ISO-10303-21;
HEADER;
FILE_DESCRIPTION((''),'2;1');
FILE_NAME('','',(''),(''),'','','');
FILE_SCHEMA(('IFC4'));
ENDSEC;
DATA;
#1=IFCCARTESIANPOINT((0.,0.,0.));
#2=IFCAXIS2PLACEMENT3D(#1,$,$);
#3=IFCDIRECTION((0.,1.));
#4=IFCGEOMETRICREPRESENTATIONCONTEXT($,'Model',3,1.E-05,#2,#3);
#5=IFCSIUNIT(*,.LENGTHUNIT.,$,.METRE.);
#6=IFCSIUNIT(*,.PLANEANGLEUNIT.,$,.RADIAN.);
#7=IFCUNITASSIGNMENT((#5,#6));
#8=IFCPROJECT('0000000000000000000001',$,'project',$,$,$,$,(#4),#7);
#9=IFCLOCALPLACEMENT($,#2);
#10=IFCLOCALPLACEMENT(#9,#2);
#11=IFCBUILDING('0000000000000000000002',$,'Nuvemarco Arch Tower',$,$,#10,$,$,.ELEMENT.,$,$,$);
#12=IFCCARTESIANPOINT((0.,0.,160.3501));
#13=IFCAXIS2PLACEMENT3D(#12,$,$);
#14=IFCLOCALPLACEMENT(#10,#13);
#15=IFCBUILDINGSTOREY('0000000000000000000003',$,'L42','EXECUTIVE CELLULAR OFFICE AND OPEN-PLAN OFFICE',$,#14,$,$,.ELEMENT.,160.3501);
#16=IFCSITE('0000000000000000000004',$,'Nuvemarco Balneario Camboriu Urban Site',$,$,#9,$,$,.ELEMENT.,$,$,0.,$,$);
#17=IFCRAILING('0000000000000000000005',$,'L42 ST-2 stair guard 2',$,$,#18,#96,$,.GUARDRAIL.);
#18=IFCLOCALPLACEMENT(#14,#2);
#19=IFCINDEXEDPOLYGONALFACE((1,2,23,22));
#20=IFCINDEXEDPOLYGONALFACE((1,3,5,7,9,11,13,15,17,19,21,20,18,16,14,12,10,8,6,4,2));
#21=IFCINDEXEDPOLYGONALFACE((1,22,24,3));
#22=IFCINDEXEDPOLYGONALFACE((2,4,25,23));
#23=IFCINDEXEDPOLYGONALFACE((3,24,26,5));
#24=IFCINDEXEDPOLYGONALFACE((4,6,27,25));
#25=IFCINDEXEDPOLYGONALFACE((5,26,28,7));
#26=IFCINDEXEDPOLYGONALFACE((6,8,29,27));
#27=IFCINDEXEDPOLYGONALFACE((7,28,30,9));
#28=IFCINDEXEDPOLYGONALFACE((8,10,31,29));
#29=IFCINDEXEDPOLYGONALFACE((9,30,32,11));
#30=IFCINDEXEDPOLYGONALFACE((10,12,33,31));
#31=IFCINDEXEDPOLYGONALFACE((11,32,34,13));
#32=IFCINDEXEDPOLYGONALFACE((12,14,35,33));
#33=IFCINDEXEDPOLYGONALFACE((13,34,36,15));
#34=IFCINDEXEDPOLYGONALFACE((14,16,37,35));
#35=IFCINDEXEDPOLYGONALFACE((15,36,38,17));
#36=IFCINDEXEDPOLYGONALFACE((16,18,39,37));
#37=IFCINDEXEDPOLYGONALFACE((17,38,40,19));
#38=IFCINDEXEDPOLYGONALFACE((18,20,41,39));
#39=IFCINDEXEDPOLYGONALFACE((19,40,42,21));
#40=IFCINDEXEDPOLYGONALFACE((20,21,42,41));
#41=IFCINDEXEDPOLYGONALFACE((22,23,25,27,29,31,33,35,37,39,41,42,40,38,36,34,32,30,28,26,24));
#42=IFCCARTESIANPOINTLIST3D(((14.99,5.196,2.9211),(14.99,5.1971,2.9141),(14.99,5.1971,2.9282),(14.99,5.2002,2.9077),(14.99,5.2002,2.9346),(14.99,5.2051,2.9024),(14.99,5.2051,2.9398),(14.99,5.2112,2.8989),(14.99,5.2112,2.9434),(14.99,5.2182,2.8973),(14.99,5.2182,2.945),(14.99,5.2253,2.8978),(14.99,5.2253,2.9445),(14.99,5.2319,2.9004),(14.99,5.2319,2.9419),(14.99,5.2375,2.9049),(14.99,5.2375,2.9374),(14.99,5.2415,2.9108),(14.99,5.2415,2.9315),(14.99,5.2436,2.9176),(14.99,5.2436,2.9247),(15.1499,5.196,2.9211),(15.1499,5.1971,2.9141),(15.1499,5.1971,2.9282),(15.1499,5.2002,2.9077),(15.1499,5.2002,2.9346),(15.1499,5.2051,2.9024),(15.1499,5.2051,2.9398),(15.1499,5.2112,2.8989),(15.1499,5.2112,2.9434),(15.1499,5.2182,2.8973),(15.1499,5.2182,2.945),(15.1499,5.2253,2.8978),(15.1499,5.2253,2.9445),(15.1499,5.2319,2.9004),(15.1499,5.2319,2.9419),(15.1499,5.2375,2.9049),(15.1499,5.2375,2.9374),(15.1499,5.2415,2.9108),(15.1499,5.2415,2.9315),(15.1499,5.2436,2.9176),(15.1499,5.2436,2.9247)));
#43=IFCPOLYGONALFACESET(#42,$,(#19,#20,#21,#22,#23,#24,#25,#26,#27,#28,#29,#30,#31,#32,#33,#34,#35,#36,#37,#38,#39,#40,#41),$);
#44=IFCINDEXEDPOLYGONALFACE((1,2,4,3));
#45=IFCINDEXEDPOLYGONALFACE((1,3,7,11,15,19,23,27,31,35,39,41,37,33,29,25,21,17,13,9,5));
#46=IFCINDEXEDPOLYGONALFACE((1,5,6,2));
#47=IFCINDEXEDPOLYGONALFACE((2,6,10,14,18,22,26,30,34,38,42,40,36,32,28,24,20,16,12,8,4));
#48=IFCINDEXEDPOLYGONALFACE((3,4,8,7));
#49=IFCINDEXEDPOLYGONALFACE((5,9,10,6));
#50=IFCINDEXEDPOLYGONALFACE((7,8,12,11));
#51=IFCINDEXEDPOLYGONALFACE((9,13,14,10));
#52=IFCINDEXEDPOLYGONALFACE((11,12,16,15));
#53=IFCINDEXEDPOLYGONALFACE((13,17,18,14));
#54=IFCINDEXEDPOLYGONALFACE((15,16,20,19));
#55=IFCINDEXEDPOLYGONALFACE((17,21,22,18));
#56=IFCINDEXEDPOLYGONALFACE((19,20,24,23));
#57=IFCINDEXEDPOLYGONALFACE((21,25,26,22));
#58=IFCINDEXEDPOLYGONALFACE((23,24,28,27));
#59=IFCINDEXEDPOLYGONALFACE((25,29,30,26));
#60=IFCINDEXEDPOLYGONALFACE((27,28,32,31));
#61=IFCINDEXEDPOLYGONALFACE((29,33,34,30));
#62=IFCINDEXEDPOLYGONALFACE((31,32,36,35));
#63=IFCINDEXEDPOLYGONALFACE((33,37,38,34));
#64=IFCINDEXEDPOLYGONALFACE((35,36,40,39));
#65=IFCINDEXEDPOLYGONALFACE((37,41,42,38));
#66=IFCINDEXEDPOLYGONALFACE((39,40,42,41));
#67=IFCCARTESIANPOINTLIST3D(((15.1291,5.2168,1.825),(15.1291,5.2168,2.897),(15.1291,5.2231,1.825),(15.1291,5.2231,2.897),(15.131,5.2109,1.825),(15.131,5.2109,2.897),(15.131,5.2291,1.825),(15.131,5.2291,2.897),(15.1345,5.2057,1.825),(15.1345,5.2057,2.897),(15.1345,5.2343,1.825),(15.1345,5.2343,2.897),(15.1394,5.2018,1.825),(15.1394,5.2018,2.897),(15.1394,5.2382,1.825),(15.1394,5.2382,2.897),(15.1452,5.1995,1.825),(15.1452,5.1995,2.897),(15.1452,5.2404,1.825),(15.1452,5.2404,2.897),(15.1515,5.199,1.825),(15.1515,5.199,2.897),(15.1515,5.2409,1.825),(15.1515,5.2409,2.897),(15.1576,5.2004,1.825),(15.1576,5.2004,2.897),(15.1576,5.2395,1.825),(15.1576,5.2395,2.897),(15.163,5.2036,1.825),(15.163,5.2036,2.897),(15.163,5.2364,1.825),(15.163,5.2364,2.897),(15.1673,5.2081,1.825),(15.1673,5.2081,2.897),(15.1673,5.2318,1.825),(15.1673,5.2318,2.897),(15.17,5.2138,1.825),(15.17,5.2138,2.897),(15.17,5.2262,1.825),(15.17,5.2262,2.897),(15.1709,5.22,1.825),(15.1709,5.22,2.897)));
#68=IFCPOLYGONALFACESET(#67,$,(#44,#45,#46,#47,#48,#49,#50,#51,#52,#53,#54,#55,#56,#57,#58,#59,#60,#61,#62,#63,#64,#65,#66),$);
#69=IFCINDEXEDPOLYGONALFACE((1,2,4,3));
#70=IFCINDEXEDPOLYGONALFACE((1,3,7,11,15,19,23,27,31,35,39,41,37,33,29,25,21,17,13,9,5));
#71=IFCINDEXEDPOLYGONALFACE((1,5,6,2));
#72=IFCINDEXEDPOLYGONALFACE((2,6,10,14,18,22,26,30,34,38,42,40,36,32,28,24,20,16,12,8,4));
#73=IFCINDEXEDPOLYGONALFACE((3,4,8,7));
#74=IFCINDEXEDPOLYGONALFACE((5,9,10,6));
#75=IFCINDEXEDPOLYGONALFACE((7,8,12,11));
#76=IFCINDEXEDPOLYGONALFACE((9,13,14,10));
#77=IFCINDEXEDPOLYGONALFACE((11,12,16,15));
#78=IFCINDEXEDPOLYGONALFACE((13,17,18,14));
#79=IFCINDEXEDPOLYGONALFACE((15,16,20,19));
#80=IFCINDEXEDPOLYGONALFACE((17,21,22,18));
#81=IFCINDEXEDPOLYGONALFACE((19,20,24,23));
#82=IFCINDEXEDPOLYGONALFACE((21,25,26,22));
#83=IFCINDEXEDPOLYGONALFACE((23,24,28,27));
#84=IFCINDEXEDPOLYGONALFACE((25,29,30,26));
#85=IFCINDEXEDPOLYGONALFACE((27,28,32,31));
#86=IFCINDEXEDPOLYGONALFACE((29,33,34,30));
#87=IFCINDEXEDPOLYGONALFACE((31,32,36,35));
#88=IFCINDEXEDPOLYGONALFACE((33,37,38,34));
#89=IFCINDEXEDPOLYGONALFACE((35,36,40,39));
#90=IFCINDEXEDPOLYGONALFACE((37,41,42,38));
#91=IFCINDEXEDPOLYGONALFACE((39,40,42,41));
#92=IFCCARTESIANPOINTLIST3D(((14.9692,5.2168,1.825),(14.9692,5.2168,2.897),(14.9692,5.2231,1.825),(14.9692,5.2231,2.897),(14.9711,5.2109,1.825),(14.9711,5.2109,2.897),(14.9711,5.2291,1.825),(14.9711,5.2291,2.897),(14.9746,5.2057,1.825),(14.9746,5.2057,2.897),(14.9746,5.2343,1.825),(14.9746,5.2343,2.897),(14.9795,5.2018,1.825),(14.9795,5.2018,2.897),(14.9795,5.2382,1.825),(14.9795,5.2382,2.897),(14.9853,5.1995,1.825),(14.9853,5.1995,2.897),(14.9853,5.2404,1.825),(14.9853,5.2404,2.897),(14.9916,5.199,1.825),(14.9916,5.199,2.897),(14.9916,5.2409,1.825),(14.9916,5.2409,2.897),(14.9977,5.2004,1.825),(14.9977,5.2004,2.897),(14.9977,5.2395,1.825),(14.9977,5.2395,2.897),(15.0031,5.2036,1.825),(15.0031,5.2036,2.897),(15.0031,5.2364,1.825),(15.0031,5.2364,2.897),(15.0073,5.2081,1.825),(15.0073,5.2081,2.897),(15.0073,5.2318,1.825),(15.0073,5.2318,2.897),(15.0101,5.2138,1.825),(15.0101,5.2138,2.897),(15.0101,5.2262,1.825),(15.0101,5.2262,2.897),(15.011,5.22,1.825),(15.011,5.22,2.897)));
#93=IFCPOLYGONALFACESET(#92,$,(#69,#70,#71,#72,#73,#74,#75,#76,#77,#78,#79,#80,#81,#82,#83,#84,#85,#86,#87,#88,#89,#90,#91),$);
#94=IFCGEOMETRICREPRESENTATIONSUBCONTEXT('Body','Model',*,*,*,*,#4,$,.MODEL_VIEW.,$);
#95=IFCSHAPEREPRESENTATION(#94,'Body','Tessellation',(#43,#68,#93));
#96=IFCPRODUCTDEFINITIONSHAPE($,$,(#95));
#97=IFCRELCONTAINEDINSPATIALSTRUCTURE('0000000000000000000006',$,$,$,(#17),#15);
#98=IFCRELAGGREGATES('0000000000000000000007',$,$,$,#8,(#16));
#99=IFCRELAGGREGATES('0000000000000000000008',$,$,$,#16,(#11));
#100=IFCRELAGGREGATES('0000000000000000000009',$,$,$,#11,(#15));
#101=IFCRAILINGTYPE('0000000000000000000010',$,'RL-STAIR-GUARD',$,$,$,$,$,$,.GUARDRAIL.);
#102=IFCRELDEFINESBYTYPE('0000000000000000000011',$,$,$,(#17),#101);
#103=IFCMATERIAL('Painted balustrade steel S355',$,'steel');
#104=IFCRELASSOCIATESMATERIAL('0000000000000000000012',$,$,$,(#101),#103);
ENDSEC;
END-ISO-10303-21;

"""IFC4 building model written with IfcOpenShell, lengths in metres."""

from ifc_helpers import new_model, si_unit, direction, frame, origin, origin_2d, place, context, subcontext, project, spatial, circle, extrude, material, type_object, element, save


model = new_model("IFC4")

# Units and contexts
model_context = context("Model", 3, precision=1e-05, world=origin(), true_north=direction((0.0, 1.0)))
body_context = subcontext(model_context, "Body", "Model", "MODEL_VIEW")
ifc_project = project(units=[si_unit("LENGTHUNIT", "METRE"), si_unit("PLANEANGLEUNIT", "RADIAN")], contexts=[model_context])

# Site, building, storey
site_placement = place(None, origin())
site = spatial("IfcSite", under=ifc_project, at=site_placement, Name="Nuvemarco Balneario Camboriu Urban Site", CompositionType="ELEMENT", RefElevation=0.0)
building_placement = place(site_placement, origin())
building = spatial("IfcBuilding", under=site, at=building_placement, Name="Nuvemarco Arch Tower", CompositionType="ELEMENT")
storey_placement = place(building_placement, frame((0.0, 0.0, 160.3501)))
storey = spatial("IfcBuildingStorey", under=building, at=storey_placement, Name="L42", Description="EXECUTIVE CELLULAR OFFICE AND OPEN-PLAN OFFICE", CompositionType="ELEMENT", Elevation=160.3501)

# Railing
ifc_material_1 = material(Name="Painted balustrade steel S355", Category="steel")
railing_type_1 = type_object("IfcRailingType", Name="RL-STAIR-GUARD", PredefinedType="GUARDRAIL", material=ifc_material_1)
railing_1_placement = place(storey_placement, frame((15.1499, 5.22, 1.825)))
element("IfcRailing", 1, at=railing_1_placement, inside=storey, type_object=railing_type_1, Name="L42 ST-2 stair guard 2", PredefinedType="GUARDRAIL", context=body_context, shape_type="SweptSolid", body=[
    extrude(circle(Radius=0.0239, at=origin_2d()), frame((0.0, 0.0, 1.0962), z_axis=(-1.0, 0.0, 0.0), x_axis=(0.0, -1.0, 0.0)), (0.0, 0.0, 1.0), 0.1599),
    extrude(circle(Radius=0.021, at=origin_2d()), origin(), (0.0, 0.0, 1.0), 1.072),
    extrude(circle(Radius=0.021, at=origin_2d()), frame((-0.1599, 0.0, 0.0)), (0.0, 0.0, 1.0), 1.072),
])

save(model, "model.ifc")
